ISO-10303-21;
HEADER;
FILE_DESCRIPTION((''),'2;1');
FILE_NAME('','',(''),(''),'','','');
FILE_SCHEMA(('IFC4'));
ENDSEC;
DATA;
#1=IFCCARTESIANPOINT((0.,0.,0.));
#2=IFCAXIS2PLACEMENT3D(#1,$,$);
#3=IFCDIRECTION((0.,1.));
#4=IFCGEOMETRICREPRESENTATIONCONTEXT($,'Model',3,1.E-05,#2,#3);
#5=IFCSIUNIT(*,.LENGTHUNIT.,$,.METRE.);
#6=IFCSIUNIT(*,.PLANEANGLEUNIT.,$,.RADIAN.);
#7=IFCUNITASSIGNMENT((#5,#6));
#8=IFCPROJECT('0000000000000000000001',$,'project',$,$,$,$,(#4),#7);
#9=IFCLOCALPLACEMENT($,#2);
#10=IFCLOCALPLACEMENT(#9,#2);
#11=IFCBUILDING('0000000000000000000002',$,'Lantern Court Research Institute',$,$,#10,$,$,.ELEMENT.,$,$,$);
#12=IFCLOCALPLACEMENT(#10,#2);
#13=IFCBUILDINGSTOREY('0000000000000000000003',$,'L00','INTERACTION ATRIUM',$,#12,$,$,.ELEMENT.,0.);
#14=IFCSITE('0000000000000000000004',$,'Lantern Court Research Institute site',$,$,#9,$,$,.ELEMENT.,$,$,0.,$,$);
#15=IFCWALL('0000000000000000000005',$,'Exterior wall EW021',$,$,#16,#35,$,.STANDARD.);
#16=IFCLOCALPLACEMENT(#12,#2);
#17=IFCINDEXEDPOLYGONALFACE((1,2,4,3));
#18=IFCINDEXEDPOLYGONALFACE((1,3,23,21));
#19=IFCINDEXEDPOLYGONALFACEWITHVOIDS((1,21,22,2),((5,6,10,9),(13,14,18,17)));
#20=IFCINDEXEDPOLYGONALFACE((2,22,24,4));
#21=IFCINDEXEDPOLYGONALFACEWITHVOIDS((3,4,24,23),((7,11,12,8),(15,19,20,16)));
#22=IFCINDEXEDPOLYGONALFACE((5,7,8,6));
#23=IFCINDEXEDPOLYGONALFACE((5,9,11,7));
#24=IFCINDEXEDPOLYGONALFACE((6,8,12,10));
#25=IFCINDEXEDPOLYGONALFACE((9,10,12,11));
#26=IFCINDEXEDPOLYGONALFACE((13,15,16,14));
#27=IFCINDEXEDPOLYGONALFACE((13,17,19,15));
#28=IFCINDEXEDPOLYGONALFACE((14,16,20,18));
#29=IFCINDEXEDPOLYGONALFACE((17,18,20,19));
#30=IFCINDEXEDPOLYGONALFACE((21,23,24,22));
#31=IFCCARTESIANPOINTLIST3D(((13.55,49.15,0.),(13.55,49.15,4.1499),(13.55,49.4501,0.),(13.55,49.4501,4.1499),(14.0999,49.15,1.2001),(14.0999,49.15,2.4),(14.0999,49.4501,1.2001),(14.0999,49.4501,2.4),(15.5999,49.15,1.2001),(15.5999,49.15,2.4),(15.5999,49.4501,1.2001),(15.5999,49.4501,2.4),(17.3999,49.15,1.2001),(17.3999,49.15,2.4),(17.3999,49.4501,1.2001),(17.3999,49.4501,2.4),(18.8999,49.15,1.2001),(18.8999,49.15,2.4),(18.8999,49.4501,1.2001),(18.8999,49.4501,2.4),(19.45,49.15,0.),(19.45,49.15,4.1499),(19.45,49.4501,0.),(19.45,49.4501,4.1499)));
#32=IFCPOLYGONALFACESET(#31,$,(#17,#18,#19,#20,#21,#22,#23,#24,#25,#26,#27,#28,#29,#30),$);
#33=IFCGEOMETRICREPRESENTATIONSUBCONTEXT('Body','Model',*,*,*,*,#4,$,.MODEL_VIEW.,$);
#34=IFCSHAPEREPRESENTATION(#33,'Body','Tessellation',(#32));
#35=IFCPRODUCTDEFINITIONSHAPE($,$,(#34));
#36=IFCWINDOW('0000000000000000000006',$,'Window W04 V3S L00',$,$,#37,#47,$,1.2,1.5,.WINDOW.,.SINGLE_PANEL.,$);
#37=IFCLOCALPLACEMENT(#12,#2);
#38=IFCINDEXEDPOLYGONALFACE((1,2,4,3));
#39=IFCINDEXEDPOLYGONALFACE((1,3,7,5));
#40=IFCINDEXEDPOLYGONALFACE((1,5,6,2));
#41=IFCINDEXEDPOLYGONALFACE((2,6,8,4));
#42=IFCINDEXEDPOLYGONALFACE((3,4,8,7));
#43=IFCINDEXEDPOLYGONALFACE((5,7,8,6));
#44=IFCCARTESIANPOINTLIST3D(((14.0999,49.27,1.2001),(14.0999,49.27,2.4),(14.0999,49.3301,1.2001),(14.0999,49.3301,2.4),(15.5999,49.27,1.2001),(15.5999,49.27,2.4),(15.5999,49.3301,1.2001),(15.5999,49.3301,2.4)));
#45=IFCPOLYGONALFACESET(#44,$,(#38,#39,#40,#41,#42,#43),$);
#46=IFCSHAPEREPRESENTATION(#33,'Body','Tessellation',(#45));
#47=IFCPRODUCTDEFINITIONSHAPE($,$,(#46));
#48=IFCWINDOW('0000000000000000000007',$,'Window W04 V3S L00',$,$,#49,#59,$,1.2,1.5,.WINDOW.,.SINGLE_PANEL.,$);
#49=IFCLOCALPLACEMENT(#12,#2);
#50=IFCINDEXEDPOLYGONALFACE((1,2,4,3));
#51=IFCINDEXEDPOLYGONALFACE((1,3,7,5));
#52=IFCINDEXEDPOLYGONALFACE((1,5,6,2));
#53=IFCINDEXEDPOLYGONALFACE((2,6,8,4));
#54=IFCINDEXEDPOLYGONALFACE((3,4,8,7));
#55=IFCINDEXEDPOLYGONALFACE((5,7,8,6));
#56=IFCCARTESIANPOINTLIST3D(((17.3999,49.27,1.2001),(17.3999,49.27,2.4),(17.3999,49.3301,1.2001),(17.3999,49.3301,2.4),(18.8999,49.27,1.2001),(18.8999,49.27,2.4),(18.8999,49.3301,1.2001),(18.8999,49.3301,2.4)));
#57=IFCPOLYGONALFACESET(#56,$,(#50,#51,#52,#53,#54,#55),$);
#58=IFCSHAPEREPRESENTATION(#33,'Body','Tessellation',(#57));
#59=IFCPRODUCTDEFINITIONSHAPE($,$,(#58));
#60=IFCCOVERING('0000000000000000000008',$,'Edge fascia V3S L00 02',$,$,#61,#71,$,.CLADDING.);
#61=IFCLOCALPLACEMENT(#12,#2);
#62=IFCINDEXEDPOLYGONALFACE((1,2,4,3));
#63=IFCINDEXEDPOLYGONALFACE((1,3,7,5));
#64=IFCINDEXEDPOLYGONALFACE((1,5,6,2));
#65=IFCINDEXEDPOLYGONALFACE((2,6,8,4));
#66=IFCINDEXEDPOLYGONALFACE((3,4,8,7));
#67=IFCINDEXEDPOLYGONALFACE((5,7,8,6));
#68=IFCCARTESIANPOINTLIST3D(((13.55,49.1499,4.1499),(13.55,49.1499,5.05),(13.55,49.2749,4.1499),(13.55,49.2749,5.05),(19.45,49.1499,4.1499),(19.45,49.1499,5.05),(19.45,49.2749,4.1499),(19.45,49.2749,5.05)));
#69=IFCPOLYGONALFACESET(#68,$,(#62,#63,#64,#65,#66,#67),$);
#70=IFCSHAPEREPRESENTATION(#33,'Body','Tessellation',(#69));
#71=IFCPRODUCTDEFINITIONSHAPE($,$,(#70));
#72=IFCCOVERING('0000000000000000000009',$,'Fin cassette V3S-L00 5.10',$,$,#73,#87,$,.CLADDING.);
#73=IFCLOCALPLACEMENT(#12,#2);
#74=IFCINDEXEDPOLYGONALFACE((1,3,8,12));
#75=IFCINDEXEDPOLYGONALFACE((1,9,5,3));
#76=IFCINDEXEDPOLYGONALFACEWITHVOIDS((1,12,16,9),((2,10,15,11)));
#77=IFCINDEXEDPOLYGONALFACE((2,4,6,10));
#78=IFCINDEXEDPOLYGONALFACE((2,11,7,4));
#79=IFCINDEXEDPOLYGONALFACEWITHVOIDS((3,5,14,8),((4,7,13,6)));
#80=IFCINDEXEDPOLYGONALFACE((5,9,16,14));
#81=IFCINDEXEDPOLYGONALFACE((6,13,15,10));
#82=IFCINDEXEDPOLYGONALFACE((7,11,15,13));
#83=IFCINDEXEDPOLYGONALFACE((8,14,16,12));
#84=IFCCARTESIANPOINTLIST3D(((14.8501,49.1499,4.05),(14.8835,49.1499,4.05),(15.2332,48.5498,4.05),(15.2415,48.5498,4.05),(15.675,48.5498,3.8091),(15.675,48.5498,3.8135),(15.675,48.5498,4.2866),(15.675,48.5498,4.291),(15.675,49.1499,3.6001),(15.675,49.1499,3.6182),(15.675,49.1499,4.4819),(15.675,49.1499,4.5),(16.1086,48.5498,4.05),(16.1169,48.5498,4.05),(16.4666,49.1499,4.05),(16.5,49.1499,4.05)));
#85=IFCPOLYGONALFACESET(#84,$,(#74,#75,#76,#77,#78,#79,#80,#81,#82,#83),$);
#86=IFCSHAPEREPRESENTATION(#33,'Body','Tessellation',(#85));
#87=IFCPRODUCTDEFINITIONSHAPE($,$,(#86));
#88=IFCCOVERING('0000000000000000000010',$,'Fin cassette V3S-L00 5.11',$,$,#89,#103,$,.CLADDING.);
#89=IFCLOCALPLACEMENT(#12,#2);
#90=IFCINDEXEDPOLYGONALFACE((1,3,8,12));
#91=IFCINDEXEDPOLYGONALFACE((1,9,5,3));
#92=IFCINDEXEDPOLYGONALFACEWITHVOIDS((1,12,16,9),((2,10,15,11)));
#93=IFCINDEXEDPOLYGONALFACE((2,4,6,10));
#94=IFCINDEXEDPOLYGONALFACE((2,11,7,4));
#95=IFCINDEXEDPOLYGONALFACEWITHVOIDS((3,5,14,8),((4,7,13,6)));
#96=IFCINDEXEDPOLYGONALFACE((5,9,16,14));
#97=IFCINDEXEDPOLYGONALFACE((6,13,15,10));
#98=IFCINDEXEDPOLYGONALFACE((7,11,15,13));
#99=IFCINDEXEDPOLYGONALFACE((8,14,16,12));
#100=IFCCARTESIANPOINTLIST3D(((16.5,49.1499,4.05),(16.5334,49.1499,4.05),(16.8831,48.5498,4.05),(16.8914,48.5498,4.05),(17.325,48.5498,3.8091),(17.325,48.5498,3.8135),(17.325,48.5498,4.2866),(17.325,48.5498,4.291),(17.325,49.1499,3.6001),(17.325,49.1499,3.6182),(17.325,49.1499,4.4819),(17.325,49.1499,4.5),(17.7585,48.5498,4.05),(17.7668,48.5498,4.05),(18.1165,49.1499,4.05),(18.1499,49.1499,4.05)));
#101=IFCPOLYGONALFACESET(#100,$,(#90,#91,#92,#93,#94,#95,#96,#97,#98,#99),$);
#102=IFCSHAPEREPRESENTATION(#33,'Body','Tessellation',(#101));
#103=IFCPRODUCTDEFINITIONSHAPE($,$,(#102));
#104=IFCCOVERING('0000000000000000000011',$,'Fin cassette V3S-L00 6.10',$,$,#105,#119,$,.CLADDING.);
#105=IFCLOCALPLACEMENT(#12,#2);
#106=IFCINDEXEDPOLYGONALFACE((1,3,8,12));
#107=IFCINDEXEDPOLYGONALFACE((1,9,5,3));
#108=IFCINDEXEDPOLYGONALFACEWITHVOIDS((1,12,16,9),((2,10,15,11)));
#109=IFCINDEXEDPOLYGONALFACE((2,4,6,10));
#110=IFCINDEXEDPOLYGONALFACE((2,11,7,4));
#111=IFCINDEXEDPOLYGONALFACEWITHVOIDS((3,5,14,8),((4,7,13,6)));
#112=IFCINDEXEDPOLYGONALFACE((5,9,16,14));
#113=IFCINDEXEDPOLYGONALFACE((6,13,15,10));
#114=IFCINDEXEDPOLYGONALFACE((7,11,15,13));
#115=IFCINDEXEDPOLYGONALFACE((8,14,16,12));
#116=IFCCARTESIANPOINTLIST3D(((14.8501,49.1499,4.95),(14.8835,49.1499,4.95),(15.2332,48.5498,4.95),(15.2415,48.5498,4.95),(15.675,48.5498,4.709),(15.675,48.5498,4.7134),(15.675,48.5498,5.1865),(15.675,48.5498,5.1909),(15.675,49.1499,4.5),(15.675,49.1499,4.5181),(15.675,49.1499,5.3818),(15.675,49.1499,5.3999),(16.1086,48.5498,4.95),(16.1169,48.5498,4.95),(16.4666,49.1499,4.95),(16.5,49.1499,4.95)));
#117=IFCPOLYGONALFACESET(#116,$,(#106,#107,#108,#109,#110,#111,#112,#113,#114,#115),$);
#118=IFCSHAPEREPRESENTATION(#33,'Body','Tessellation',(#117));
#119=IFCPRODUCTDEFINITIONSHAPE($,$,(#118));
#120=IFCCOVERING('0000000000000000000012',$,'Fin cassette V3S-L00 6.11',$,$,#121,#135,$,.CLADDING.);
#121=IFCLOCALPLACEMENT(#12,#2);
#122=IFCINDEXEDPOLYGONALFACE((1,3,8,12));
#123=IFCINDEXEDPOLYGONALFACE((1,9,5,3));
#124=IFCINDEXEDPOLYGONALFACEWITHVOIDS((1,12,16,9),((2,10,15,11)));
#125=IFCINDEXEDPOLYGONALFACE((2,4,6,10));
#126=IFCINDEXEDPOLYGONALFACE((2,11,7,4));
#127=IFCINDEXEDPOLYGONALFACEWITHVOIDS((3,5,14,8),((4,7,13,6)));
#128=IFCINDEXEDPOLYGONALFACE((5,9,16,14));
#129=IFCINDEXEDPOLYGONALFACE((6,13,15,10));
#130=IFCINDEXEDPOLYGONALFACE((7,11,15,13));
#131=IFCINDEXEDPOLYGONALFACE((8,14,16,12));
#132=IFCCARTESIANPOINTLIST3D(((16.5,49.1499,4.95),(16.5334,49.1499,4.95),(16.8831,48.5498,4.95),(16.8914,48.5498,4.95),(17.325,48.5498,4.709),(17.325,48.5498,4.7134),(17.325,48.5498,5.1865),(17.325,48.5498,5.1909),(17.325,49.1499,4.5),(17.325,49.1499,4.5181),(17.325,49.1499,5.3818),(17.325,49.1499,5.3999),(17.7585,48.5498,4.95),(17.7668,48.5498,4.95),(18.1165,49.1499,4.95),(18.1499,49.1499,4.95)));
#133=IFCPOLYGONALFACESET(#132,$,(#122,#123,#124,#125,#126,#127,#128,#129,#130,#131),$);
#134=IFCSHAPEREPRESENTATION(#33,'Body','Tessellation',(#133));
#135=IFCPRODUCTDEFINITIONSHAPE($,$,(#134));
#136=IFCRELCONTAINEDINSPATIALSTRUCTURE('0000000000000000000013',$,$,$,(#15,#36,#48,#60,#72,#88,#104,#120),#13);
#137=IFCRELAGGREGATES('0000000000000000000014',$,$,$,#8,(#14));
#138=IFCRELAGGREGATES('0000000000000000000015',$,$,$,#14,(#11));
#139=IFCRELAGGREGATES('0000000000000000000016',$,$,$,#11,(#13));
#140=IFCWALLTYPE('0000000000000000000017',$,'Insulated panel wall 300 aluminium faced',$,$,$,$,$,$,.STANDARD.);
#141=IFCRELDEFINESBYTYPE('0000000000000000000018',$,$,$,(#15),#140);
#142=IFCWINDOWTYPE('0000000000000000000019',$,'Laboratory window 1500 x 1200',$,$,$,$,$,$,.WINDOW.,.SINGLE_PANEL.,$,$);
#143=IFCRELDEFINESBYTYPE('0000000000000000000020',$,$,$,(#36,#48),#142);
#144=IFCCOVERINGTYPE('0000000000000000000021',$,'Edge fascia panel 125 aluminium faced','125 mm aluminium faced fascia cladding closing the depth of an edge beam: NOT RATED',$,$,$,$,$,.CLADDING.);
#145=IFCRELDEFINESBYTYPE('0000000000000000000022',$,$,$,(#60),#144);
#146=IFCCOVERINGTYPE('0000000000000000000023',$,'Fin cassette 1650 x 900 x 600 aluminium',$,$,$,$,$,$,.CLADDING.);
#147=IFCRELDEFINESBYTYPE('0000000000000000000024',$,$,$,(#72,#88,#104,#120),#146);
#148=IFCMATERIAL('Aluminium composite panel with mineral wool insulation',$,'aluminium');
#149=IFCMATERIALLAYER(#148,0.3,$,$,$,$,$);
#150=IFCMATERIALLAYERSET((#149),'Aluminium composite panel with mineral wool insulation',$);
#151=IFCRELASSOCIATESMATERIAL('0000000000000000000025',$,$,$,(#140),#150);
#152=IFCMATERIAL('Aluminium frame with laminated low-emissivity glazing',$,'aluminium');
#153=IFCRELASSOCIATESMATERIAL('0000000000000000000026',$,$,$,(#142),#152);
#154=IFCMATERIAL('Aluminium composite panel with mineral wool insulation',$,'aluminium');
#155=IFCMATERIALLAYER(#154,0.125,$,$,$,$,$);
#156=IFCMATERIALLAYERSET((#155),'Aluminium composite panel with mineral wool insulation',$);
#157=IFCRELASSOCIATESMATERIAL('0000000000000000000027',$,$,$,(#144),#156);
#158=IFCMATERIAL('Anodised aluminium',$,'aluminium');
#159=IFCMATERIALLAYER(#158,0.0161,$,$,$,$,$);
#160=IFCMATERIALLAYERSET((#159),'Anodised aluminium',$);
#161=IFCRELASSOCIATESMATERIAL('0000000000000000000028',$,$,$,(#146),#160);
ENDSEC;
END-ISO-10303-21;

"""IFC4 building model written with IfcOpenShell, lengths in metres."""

from ifc_helpers import new_model, entity, si_unit, direction, frame, frame_2d, origin, place, context, subcontext, project, spatial, rectangle, extrude, material, layer, layer_set, type_object, element, fill, save


model = new_model("IFC4")

# Units and contexts
model_context = context("Model", 3, precision=1e-05, world=origin(), true_north=direction((0.0, 1.0)))
body_context = subcontext(model_context, "Body", "Model", "MODEL_VIEW")
ifc_project = project(units=[si_unit("LENGTHUNIT", "METRE"), si_unit("PLANEANGLEUNIT", "RADIAN")], contexts=[model_context])

# Site, building, storey
site_placement = place(None, origin())
site = spatial("IfcSite", under=ifc_project, at=site_placement, Name="Lantern Court Research Institute site", CompositionType="ELEMENT", RefElevation=0.0)
building_placement = place(site_placement, origin())
building = spatial("IfcBuilding", under=site, at=building_placement, Name="Lantern Court Research Institute", CompositionType="ELEMENT")
storey_placement = place(building_placement, origin())
storey = spatial("IfcBuildingStorey", under=building, at=storey_placement, Name="L00", Description="INTERACTION ATRIUM", CompositionType="ELEMENT", Elevation=0.0)

# Wall, openings, windows
ifc_material_1 = material(Name="Aluminium composite panel with mineral wool insulation", Category="aluminium")
ifc_layer_1 = layer(ifc_material_1, 0.3)
ifc_layer_set_1 = layer_set([ifc_layer_1], Name="Aluminium composite panel with mineral wool insulation")
wall_type_1 = type_object("IfcWallType", Name="Insulated panel wall 300 aluminium faced", PredefinedType="STANDARD", material=ifc_layer_set_1)
wall_1_placement = place(storey_placement, frame((19.45, 49.3, 0.0), z_axis=(0.0, 0.0, 1.0), x_axis=(-1.0, 0.0, 0.0)))
wall_1 = element("IfcWall", 1, at=wall_1_placement, inside=storey, type_object=wall_type_1, Name="Exterior wall EW021", PredefinedType="STANDARD", context=body_context, shape_type="SweptSolid", body=[
    extrude(rectangle(XDim=5.8999, YDim=0.3, at=frame_2d((2.95, 0.0))), origin(), (0.0, 0.0, 1.0), 4.1499),
])
opening_1_placement = place(wall_1_placement, frame((3.8501, 0.0, 1.2)))
opening_1 = element("IfcOpeningElement", 2, at=opening_1_placement, cuts=wall_1, PredefinedType="OPENING", context=body_context, shape_type="SweptSolid", body=[
    extrude(rectangle(XDim=1.5, YDim=1.2, at=frame_2d((0.75, 0.6001))), frame((0.0, 0.1599, 0.0), z_axis=(0.0, -1.0, 0.0), x_axis=(1.0, 0.0, 0.0)), (0.0, 0.0, 1.0), 0.3201),
])
opening_2_placement = place(wall_1_placement, frame((0.55, 0.0, 1.2)))
opening_2 = element("IfcOpeningElement", 3, at=opening_2_placement, cuts=wall_1, PredefinedType="OPENING", context=body_context, shape_type="SweptSolid", body=[
    extrude(rectangle(XDim=1.5, YDim=1.2, at=frame_2d((0.75, 0.6001))), frame((0.0, 0.1599, 0.0), z_axis=(0.0, -1.0, 0.0), x_axis=(1.0, 0.0, 0.0)), (0.0, 0.0, 1.0), 0.3201),
])
ifc_material_2 = material(Name="Aluminium frame with laminated low-emissivity glazing", Category="aluminium")
window_type = type_object("IfcWindowType", Name="Laboratory window 1500 x 1200", PartitioningType="SINGLE_PANEL", PredefinedType="WINDOW", material=ifc_material_2)
window_1_placement = place(opening_1_placement, origin())
window_1 = element("IfcWindow", 4, at=window_1_placement, inside=storey, type_object=window_type, Name="Window W04 V3S L00", OverallHeight=1.2, OverallWidth=1.5, PartitioningType="SINGLE_PANEL", PredefinedType="WINDOW", context=body_context, shape_type="SweptSolid", body=[
    extrude(rectangle(XDim=1.5, YDim=1.2, at=frame_2d((0.75, 0.6001))), frame((0.0, 0.03, 0.0), z_axis=(0.0, -1.0, 0.0), x_axis=(1.0, 0.0, 0.0)), (0.0, 0.0, 1.0), 0.0601),
])
fill(opening_1, window_1)
window_2_placement = place(opening_2_placement, origin())
window_2 = element("IfcWindow", 5, at=window_2_placement, inside=storey, type_object=window_type, Name="Window W04 V3S L00", OverallHeight=1.2, OverallWidth=1.5, PartitioningType="SINGLE_PANEL", PredefinedType="WINDOW", context=body_context, shape_type="SweptSolid", body=[
    extrude(rectangle(XDim=1.5, YDim=1.2, at=frame_2d((0.75, 0.6001))), frame((0.0, 0.03, 0.0), z_axis=(0.0, -1.0, 0.0), x_axis=(1.0, 0.0, 0.0)), (0.0, 0.0, 1.0), 0.0601),
])
fill(opening_2, window_2)

# Coverings
ifc_material_3 = material(Name="Aluminium composite panel with mineral wool insulation", Category="aluminium")
ifc_layer_2 = layer(ifc_material_3, 0.125)
ifc_layer_set_2 = layer_set([ifc_layer_2], Name="Aluminium composite panel with mineral wool insulation")
covering_type_1 = type_object("IfcCoveringType", Name="Edge fascia panel 125 aluminium faced", Description="125 mm aluminium faced fascia cladding closing the depth of an edge beam: NOT RATED", PredefinedType="CLADDING", material=ifc_layer_set_2)
covering_1_placement = place(storey_placement, frame((19.45, 49.2124, 4.1499), z_axis=(0.0, 0.0, 1.0), x_axis=(-1.0, 0.0, 0.0)))
element("IfcCovering", 6, at=covering_1_placement, inside=storey, type_object=covering_type_1, Name="Edge fascia V3S L00 02", PredefinedType="CLADDING", context=body_context, shape_type="SweptSolid", body=[
    extrude(rectangle(XDim=5.8999, YDim=0.125, at=frame_2d((2.95, 0.0))), origin(), (0.0, 0.0, 1.0), 0.9001),
])
ifc_material_4 = material(Name="Anodised aluminium", Category="aluminium")
ifc_layer_3 = layer(ifc_material_4, 0.0161)
ifc_layer_set_3 = layer_set([ifc_layer_3], Name="Anodised aluminium")
covering_type_2 = type_object("IfcCoveringType", Name="Fin cassette 1650 x 900 x 600 aluminium", PredefinedType="CLADDING", material=ifc_layer_set_3)
covering_2_placement = place(storey_placement, frame((15.675, 49.1499, 4.05), z_axis=(0.0, -1.0, 0.0), x_axis=(1.0, 0.0, 0.0)))
cartesian_point_1 = entity("IfcCartesianPoint", [0.825, 0.0])
cartesian_point_2 = entity("IfcCartesianPoint", [0.7915, 0.0])
cartesian_point_3 = entity("IfcCartesianPoint", [0.4419, 0.0])
cartesian_point_4 = entity("IfcCartesianPoint", [0.4336, 0.0])
element("IfcCovering", 7, at=covering_2_placement, inside=storey, type_object=covering_type_2, Name="Fin cassette V3S-L00 5.10", PredefinedType="CLADDING", context=body_context, shape_type="SweptSolid", body=[
    entity("IfcExtrudedAreaSolidTapered", entity("IfcArbitraryProfileDefWithVoids", "AREA", None, entity("IfcPolyline", [cartesian_point_1, entity("IfcCartesianPoint", [0.0, 0.45]), entity("IfcCartesianPoint", [-0.825, 0.0]), entity("IfcCartesianPoint", [0.0, -0.45]), cartesian_point_1]), [entity("IfcPolyline", [cartesian_point_2, entity("IfcCartesianPoint", [0.0, 0.4319]), entity("IfcCartesianPoint", [-0.7915, 0.0]), entity("IfcCartesianPoint", [0.0, -0.4319]), cartesian_point_2])]), entity("IfcAxis2Placement3D", entity("IfcCartesianPoint", [0.0, 0.0, 0.0])), entity("IfcDirection", [0.0, 0.0, 1.0]), 0.6001, entity("IfcArbitraryProfileDefWithVoids", "AREA", None, entity("IfcPolyline", [cartesian_point_3, entity("IfcCartesianPoint", [0.0, 0.241]), entity("IfcCartesianPoint", [-0.4419, 0.0]), entity("IfcCartesianPoint", [0.0, -0.241]), cartesian_point_3]), [entity("IfcPolyline", [cartesian_point_4, entity("IfcCartesianPoint", [0.0, 0.2366]), entity("IfcCartesianPoint", [-0.4336, 0.0]), entity("IfcCartesianPoint", [0.0, -0.2366]), cartesian_point_4])])),
])
covering_3_placement = place(storey_placement, frame((17.325, 49.1499, 4.05), z_axis=(0.0, -1.0, 0.0), x_axis=(1.0, 0.0, 0.0)))
cartesian_point_5 = entity("IfcCartesianPoint", [0.825, 0.0])
cartesian_point_6 = entity("IfcCartesianPoint", [0.7915, 0.0])
cartesian_point_7 = entity("IfcCartesianPoint", [0.4419, 0.0])
cartesian_point_8 = entity("IfcCartesianPoint", [0.4336, 0.0])
element("IfcCovering", 8, at=covering_3_placement, inside=storey, type_object=covering_type_2, Name="Fin cassette V3S-L00 5.11", PredefinedType="CLADDING", context=body_context, shape_type="SweptSolid", body=[
    entity("IfcExtrudedAreaSolidTapered", entity("IfcArbitraryProfileDefWithVoids", "AREA", None, entity("IfcPolyline", [cartesian_point_5, entity("IfcCartesianPoint", [0.0, 0.45]), entity("IfcCartesianPoint", [-0.825, 0.0]), entity("IfcCartesianPoint", [0.0, -0.45]), cartesian_point_5]), [entity("IfcPolyline", [cartesian_point_6, entity("IfcCartesianPoint", [0.0, 0.4319]), entity("IfcCartesianPoint", [-0.7915, 0.0]), entity("IfcCartesianPoint", [0.0, -0.4319]), cartesian_point_6])]), entity("IfcAxis2Placement3D", entity("IfcCartesianPoint", [0.0, 0.0, 0.0])), entity("IfcDirection", [0.0, 0.0, 1.0]), 0.6001, entity("IfcArbitraryProfileDefWithVoids", "AREA", None, entity("IfcPolyline", [cartesian_point_7, entity("IfcCartesianPoint", [0.0, 0.241]), entity("IfcCartesianPoint", [-0.4419, 0.0]), entity("IfcCartesianPoint", [0.0, -0.241]), cartesian_point_7]), [entity("IfcPolyline", [cartesian_point_8, entity("IfcCartesianPoint", [0.0, 0.2366]), entity("IfcCartesianPoint", [-0.4336, 0.0]), entity("IfcCartesianPoint", [0.0, -0.2366]), cartesian_point_8])])),
])
covering_4_placement = place(storey_placement, frame((15.675, 49.1499, 4.95), z_axis=(0.0, -1.0, 0.0), x_axis=(1.0, 0.0, 0.0)))
cartesian_point_9 = entity("IfcCartesianPoint", [0.825, 0.0])
cartesian_point_10 = entity("IfcCartesianPoint", [0.7915, 0.0])
cartesian_point_11 = entity("IfcCartesianPoint", [0.4419, 0.0])
cartesian_point_12 = entity("IfcCartesianPoint", [0.4336, 0.0])
element("IfcCovering", 9, at=covering_4_placement, inside=storey, type_object=covering_type_2, Name="Fin cassette V3S-L00 6.10", PredefinedType="CLADDING", context=body_context, shape_type="SweptSolid", body=[
    entity("IfcExtrudedAreaSolidTapered", entity("IfcArbitraryProfileDefWithVoids", "AREA", None, entity("IfcPolyline", [cartesian_point_9, entity("IfcCartesianPoint", [0.0, 0.45]), entity("IfcCartesianPoint", [-0.825, 0.0]), entity("IfcCartesianPoint", [0.0, -0.45]), cartesian_point_9]), [entity("IfcPolyline", [cartesian_point_10, entity("IfcCartesianPoint", [0.0, 0.4319]), entity("IfcCartesianPoint", [-0.7915, 0.0]), entity("IfcCartesianPoint", [0.0, -0.4319]), cartesian_point_10])]), entity("IfcAxis2Placement3D", entity("IfcCartesianPoint", [0.0, 0.0, 0.0])), entity("IfcDirection", [0.0, 0.0, 1.0]), 0.6001, entity("IfcArbitraryProfileDefWithVoids", "AREA", None, entity("IfcPolyline", [cartesian_point_11, entity("IfcCartesianPoint", [0.0, 0.241]), entity("IfcCartesianPoint", [-0.4419, 0.0]), entity("IfcCartesianPoint", [0.0, -0.241]), cartesian_point_11]), [entity("IfcPolyline", [cartesian_point_12, entity("IfcCartesianPoint", [0.0, 0.2366]), entity("IfcCartesianPoint", [-0.4336, 0.0]), entity("IfcCartesianPoint", [0.0, -0.2366]), cartesian_point_12])])),
])
covering_5_placement = place(storey_placement, frame((17.325, 49.1499, 4.95), z_axis=(0.0, -1.0, 0.0), x_axis=(1.0, 0.0, 0.0)))
cartesian_point_13 = entity("IfcCartesianPoint", [0.825, 0.0])
cartesian_point_14 = entity("IfcCartesianPoint", [0.7915, 0.0])
cartesian_point_15 = entity("IfcCartesianPoint", [0.4419, 0.0])
cartesian_point_16 = entity("IfcCartesianPoint", [0.4336, 0.0])
element("IfcCovering", 10, at=covering_5_placement, inside=storey, type_object=covering_type_2, Name="Fin cassette V3S-L00 6.11", PredefinedType="CLADDING", context=body_context, shape_type="SweptSolid", body=[
    entity("IfcExtrudedAreaSolidTapered", entity("IfcArbitraryProfileDefWithVoids", "AREA", None, entity("IfcPolyline", [cartesian_point_13, entity("IfcCartesianPoint", [0.0, 0.45]), entity("IfcCartesianPoint", [-0.825, 0.0]), entity("IfcCartesianPoint", [0.0, -0.45]), cartesian_point_13]), [entity("IfcPolyline", [cartesian_point_14, entity("IfcCartesianPoint", [0.0, 0.4319]), entity("IfcCartesianPoint", [-0.7915, 0.0]), entity("IfcCartesianPoint", [0.0, -0.4319]), cartesian_point_14])]), entity("IfcAxis2Placement3D", entity("IfcCartesianPoint", [0.0, 0.0, 0.0])), entity("IfcDirection", [0.0, 0.0, 1.0]), 0.6001, entity("IfcArbitraryProfileDefWithVoids", "AREA", None, entity("IfcPolyline", [cartesian_point_15, entity("IfcCartesianPoint", [0.0, 0.241]), entity("IfcCartesianPoint", [-0.4419, 0.0]), entity("IfcCartesianPoint", [0.0, -0.241]), cartesian_point_15]), [entity("IfcPolyline", [cartesian_point_16, entity("IfcCartesianPoint", [0.0, 0.2366]), entity("IfcCartesianPoint", [-0.4336, 0.0]), entity("IfcCartesianPoint", [0.0, -0.2366]), cartesian_point_16])])),
])

save(model, "model.ifc")
